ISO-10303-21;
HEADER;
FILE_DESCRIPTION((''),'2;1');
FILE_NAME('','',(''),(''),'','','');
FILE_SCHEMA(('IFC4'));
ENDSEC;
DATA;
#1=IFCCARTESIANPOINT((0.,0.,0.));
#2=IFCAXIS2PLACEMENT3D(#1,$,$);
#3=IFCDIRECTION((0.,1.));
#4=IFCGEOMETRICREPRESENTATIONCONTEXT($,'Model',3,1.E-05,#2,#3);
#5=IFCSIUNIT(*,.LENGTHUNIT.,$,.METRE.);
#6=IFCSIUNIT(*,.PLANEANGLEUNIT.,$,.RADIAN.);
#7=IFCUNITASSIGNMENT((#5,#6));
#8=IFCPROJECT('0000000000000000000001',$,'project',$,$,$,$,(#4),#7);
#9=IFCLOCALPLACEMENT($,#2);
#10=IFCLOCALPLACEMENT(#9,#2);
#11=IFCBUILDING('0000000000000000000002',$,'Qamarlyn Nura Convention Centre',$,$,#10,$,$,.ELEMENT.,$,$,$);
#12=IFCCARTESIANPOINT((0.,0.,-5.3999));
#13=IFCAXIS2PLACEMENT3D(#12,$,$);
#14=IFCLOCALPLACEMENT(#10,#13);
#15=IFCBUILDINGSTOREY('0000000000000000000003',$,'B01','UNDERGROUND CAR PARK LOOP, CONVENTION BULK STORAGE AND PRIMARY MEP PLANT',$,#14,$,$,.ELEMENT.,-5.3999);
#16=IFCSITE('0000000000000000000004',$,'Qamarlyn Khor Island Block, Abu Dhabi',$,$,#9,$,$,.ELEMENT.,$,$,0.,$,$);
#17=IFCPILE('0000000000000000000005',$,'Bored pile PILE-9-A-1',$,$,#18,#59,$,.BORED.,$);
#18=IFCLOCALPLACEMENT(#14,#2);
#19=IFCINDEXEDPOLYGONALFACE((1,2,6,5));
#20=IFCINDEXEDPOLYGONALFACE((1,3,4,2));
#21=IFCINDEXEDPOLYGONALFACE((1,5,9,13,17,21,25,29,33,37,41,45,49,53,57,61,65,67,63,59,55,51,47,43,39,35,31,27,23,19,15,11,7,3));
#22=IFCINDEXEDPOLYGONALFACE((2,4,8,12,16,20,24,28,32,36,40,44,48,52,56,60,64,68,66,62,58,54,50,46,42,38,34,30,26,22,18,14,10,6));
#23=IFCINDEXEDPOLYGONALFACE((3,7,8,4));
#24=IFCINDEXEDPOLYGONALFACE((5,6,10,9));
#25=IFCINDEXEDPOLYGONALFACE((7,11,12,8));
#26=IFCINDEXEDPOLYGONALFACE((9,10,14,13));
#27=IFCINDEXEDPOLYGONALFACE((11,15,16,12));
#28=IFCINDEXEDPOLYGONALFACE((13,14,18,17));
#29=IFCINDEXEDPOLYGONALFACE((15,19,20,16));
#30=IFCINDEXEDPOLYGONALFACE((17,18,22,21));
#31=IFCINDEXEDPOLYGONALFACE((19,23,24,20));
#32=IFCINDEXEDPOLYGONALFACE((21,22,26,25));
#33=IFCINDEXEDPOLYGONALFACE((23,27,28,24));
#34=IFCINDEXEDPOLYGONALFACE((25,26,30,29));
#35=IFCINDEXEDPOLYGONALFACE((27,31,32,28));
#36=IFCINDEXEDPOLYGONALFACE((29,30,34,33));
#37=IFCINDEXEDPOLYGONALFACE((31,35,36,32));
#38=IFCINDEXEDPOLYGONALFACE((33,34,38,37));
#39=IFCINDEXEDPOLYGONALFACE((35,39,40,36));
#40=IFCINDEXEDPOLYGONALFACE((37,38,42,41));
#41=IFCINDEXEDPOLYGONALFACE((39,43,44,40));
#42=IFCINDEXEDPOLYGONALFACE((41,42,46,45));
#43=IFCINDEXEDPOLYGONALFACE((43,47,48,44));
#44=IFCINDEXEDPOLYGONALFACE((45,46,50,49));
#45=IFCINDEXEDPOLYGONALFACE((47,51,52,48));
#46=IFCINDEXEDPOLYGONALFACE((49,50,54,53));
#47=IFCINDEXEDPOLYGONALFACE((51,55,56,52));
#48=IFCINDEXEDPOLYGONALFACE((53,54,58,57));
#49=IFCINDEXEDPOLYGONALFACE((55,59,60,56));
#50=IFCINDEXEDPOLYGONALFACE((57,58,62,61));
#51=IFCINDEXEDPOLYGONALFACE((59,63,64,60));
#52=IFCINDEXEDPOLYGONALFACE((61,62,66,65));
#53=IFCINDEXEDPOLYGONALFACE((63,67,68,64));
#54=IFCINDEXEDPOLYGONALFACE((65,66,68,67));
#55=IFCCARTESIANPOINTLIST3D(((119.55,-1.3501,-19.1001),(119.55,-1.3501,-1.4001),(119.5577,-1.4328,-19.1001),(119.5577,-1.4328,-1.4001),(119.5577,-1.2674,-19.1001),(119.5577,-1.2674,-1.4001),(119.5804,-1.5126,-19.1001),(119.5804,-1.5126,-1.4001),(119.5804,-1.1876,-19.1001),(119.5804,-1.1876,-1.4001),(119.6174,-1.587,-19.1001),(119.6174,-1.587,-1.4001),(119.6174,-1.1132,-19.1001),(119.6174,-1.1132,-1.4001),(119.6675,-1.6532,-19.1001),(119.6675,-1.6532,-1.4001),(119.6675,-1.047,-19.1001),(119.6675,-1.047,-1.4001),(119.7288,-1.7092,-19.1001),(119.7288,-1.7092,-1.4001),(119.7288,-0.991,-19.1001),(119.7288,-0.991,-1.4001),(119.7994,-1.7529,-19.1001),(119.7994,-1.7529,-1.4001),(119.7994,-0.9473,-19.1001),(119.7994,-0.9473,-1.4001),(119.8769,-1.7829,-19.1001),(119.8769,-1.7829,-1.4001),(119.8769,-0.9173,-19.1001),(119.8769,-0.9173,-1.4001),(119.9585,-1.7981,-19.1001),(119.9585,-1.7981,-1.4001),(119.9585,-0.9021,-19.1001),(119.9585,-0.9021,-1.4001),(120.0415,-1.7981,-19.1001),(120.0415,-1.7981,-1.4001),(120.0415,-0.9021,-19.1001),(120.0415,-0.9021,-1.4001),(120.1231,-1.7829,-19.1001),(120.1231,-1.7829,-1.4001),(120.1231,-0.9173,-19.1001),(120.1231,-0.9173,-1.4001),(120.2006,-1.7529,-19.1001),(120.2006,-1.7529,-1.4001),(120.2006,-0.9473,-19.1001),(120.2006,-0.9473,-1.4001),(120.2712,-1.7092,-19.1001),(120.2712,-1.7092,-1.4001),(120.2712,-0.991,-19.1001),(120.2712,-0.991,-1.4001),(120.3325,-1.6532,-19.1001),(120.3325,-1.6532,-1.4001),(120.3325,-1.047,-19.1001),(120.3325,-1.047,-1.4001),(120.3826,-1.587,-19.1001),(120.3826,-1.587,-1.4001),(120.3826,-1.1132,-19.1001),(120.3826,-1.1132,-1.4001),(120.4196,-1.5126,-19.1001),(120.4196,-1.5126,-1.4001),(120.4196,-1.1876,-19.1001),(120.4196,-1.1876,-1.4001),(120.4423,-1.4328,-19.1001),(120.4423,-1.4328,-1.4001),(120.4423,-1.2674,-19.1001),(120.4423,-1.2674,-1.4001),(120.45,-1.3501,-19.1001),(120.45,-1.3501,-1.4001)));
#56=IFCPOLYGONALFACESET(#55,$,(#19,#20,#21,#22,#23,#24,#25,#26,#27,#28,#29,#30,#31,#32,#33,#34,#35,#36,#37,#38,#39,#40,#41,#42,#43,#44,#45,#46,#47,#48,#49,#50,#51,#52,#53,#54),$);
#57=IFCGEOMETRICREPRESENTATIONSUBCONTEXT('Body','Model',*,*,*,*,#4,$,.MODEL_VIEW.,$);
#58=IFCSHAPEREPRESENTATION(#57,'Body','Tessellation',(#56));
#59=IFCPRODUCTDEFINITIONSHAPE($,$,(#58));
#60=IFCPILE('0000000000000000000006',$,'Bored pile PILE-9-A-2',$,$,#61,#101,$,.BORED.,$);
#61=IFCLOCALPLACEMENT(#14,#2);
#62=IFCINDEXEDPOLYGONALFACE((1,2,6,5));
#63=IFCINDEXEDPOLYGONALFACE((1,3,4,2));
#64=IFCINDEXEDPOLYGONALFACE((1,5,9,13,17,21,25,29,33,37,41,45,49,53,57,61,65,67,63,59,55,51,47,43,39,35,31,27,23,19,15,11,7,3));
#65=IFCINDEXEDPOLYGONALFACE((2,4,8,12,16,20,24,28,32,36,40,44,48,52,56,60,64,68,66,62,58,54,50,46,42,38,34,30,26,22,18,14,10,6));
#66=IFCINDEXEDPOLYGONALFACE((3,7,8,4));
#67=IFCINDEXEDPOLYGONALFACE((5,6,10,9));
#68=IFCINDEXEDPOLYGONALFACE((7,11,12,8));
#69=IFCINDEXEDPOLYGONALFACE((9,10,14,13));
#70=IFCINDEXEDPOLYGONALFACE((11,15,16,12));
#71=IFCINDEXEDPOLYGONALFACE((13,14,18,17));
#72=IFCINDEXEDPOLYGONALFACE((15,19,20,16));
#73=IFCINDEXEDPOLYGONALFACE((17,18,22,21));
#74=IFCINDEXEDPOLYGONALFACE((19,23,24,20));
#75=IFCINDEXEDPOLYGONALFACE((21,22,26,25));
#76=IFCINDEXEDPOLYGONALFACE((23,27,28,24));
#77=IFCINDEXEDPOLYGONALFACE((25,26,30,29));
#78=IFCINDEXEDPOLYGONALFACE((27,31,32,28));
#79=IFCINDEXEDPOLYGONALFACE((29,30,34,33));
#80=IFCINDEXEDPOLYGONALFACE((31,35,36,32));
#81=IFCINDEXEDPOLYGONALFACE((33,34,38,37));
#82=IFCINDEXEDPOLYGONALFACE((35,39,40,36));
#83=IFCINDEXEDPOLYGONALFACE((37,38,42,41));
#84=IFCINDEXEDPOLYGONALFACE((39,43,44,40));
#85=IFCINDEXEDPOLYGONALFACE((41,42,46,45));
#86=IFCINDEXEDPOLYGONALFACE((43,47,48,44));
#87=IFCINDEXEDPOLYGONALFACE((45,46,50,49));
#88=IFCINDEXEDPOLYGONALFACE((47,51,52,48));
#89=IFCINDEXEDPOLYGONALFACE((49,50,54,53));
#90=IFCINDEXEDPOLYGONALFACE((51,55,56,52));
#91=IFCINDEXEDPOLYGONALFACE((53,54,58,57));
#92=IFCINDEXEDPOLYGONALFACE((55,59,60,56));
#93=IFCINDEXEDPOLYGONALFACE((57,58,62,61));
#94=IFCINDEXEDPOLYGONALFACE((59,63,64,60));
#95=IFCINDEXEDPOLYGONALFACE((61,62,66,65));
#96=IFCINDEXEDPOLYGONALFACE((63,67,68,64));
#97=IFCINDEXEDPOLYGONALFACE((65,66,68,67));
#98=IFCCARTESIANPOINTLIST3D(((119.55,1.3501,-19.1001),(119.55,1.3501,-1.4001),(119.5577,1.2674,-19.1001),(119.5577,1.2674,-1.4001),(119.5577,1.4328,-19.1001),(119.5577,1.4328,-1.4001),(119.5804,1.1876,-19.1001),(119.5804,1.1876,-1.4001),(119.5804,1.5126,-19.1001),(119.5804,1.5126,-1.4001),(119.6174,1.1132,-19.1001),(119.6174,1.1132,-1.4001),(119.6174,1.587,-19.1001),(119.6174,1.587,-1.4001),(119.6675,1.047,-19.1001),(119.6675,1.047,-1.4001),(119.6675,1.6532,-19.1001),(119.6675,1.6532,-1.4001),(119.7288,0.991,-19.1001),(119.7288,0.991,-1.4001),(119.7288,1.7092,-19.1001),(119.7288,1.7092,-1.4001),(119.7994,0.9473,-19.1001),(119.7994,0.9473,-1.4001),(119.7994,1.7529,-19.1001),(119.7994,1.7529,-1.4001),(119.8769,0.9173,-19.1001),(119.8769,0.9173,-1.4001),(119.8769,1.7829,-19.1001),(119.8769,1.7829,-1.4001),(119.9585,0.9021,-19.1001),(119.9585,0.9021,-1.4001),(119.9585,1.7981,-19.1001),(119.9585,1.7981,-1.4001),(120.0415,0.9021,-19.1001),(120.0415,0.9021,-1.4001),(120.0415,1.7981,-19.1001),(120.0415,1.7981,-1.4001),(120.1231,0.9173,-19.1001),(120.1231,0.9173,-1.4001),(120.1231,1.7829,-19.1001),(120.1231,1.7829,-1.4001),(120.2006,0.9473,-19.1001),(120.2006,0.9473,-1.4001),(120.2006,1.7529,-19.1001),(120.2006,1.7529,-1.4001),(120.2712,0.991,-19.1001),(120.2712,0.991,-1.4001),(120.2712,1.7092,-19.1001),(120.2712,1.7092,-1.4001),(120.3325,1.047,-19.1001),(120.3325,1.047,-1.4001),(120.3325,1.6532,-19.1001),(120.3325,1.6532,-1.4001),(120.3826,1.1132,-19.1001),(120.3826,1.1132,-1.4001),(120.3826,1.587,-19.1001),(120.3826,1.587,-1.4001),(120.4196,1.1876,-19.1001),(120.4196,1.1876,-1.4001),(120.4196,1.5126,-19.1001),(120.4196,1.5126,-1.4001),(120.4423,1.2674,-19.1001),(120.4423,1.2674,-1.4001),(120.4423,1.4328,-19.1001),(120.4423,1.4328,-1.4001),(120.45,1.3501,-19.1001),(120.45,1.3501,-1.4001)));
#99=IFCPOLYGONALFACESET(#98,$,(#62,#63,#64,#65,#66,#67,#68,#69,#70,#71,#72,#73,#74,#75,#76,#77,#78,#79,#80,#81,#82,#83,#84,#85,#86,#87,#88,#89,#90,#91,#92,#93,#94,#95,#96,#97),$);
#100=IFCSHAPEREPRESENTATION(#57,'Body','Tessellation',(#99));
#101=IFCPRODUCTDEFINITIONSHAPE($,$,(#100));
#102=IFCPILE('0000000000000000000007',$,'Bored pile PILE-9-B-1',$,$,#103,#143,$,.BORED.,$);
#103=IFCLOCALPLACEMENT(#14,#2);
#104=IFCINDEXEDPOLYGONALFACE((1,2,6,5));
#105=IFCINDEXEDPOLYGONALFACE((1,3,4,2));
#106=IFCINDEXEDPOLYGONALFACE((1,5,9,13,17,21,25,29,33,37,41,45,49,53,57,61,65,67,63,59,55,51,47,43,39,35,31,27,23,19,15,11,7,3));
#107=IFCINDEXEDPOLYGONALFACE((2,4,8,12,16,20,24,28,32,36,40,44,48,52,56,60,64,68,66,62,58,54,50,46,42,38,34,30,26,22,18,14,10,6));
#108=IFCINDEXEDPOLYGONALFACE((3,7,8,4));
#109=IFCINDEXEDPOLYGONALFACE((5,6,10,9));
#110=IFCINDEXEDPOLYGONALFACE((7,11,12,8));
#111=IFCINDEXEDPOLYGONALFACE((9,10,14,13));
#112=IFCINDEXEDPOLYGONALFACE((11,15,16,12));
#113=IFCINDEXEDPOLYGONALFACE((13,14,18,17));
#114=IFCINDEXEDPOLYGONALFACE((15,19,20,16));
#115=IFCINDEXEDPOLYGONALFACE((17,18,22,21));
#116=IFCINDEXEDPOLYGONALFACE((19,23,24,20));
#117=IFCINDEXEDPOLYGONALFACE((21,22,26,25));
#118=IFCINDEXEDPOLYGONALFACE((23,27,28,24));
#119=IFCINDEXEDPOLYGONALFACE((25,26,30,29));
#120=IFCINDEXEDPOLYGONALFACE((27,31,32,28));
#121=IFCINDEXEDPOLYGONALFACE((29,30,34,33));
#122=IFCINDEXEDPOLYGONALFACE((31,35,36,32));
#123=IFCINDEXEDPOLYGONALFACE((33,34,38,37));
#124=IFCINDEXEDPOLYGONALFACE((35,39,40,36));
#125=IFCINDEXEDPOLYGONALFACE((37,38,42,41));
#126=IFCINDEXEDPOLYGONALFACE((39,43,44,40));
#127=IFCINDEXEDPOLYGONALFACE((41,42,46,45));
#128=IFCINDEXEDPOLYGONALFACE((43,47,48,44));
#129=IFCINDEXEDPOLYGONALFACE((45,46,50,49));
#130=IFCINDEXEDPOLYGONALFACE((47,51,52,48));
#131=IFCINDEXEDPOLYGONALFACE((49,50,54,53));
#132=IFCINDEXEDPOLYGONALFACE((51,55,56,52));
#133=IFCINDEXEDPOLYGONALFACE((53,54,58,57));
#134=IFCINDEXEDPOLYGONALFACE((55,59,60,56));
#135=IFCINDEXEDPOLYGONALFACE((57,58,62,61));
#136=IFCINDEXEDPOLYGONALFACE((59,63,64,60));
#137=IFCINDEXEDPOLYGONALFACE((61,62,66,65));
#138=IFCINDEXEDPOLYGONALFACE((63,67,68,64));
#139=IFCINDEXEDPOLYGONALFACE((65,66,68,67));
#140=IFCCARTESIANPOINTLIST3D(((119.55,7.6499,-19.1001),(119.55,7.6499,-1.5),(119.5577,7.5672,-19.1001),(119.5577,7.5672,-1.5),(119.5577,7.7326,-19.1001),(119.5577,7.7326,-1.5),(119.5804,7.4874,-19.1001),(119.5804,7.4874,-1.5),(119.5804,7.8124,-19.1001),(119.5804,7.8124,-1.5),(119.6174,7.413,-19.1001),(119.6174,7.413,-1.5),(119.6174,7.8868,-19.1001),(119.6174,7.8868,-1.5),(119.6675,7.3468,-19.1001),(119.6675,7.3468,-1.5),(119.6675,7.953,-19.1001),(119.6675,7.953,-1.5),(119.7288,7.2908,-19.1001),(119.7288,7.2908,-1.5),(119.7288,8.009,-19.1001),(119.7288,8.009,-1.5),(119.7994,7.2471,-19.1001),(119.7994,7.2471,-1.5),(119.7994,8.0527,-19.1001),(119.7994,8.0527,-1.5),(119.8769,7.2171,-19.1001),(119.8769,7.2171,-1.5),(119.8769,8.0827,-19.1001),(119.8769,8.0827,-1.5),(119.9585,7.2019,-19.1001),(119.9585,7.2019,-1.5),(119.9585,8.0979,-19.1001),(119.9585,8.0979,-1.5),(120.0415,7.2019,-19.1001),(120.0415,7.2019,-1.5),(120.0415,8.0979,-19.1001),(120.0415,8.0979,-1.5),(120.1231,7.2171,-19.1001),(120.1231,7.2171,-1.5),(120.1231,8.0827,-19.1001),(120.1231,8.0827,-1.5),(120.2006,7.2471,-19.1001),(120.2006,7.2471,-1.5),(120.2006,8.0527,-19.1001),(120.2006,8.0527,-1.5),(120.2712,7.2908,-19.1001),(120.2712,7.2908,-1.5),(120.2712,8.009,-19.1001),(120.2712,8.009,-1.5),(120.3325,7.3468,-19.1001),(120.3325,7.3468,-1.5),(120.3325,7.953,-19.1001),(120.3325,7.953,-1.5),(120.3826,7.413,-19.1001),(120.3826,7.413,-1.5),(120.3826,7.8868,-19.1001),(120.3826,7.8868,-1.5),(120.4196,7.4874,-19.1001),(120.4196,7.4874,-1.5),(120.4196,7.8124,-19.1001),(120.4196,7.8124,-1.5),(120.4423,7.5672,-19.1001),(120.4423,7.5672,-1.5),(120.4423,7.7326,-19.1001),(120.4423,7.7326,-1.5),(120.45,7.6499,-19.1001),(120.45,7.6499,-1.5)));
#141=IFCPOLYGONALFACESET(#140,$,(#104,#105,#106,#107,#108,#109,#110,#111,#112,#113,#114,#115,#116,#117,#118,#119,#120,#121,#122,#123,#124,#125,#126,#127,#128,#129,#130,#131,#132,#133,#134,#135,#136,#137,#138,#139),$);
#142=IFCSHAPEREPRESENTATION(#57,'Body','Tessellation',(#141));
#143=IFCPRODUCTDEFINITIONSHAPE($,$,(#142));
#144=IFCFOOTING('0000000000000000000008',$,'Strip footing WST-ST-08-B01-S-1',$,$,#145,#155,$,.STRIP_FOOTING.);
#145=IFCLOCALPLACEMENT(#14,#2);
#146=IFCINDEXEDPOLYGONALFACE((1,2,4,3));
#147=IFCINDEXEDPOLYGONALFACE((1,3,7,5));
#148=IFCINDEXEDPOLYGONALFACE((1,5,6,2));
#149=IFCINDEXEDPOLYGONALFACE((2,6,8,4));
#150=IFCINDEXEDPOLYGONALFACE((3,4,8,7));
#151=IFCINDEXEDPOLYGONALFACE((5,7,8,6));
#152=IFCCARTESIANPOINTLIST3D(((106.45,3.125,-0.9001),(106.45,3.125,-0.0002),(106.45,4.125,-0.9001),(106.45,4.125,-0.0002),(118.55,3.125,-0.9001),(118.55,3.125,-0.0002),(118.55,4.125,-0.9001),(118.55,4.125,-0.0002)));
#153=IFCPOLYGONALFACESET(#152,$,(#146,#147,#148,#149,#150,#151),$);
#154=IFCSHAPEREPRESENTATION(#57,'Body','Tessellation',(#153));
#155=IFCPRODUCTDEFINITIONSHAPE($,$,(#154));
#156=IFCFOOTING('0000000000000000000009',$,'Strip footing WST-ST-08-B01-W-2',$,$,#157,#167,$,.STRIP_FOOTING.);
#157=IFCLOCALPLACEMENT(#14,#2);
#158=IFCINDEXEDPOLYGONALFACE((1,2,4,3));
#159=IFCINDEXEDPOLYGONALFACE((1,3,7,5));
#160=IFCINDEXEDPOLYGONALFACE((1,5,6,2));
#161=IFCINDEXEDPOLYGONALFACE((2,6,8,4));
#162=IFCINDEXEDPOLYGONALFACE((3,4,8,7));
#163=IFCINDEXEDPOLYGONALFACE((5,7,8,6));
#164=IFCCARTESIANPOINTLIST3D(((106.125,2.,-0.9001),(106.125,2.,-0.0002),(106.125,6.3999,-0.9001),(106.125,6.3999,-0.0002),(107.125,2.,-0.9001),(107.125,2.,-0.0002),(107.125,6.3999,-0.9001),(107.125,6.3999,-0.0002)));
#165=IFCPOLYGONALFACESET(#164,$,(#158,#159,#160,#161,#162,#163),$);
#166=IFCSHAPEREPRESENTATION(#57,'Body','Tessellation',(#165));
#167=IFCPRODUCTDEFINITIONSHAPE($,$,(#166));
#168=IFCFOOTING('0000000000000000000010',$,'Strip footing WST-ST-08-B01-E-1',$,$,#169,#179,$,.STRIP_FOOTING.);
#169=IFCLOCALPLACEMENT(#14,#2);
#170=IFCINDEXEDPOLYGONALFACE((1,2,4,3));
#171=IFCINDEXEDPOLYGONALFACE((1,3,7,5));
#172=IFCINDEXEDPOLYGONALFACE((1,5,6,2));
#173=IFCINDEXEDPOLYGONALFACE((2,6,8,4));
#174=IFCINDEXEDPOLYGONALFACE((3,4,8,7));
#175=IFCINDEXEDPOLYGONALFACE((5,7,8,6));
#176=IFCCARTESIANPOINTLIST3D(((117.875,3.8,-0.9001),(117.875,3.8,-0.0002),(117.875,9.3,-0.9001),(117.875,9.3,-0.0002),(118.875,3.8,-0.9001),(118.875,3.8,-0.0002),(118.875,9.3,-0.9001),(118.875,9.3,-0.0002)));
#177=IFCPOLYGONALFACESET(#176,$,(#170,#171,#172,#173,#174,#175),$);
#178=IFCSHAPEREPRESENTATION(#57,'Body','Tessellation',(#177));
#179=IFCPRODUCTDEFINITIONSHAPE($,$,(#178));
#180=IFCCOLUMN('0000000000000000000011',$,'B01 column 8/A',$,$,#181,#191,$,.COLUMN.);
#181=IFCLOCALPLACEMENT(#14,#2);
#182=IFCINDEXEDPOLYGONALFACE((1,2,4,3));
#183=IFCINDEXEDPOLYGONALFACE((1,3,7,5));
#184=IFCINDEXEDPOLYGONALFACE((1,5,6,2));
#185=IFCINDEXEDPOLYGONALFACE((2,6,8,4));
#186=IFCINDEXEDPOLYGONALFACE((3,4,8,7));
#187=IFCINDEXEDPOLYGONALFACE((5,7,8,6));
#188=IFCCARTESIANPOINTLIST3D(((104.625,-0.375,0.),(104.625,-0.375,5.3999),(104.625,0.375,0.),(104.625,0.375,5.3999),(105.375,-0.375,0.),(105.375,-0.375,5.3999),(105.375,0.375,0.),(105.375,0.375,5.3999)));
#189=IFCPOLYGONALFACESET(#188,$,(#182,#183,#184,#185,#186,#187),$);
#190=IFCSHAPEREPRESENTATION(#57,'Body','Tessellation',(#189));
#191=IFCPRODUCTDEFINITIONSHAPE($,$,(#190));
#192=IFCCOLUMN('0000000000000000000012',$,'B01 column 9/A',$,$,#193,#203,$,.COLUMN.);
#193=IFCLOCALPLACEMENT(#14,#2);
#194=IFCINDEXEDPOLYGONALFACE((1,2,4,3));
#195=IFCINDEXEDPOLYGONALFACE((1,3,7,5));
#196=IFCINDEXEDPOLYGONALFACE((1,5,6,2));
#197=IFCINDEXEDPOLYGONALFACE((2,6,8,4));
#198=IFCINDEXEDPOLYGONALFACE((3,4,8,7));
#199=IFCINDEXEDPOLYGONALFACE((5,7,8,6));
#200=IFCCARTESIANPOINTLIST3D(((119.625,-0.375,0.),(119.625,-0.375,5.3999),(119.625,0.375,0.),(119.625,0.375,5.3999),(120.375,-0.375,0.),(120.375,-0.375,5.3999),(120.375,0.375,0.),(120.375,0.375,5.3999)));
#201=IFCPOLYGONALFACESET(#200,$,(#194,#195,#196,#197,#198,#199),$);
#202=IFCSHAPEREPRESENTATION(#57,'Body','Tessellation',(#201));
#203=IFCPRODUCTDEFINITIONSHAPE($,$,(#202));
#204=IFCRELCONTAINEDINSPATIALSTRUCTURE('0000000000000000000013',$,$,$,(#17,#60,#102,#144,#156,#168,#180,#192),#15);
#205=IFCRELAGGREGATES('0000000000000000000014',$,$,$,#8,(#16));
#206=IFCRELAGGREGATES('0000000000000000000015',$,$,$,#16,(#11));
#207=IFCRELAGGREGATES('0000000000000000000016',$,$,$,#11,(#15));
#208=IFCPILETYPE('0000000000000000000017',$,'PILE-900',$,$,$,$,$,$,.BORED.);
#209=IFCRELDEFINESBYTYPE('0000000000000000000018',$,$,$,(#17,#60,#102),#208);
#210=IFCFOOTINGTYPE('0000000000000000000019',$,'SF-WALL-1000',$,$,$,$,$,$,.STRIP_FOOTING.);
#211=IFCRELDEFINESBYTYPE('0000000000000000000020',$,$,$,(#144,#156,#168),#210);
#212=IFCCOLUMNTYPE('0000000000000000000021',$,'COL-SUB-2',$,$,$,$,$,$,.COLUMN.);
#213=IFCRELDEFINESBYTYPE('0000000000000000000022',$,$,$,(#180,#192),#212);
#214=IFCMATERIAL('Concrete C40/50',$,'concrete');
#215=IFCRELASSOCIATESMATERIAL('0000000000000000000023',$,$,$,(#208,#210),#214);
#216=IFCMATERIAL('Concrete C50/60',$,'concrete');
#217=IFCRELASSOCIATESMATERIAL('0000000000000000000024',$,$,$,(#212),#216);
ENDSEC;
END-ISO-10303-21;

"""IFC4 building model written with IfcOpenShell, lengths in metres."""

from ifc_helpers import new_model, si_unit, direction, frame, origin, origin_2d, place, context, subcontext, project, spatial, rectangle, circle, extrude, material, material_profile, profile_set, type_object, element, save


model = new_model("IFC4")

# Units and contexts
model_context = context("Model", 3, precision=1e-05, world=origin(), true_north=direction((0.0, 1.0)))
body_context = subcontext(model_context, "Body", "Model", "MODEL_VIEW")
ifc_project = project(units=[si_unit("LENGTHUNIT", "METRE"), si_unit("PLANEANGLEUNIT", "RADIAN")], contexts=[model_context])

# Site, building, storey
site_placement = place(None, origin())
site = spatial("IfcSite", under=ifc_project, at=site_placement, Name="Qamarlyn Khor Island Block, Abu Dhabi", CompositionType="ELEMENT", RefElevation=0.0)
building_placement = place(site_placement, origin())
building = spatial("IfcBuilding", under=site, at=building_placement, Name="Qamarlyn Nura Convention Centre", CompositionType="ELEMENT")
storey_placement = place(building_placement, frame((0.0, 0.0, -5.3999)))
storey = spatial("IfcBuildingStorey", under=building, at=storey_placement, Name="B01", Description="UNDERGROUND CAR PARK LOOP, CONVENTION BULK STORAGE AND PRIMARY MEP PLANT", CompositionType="ELEMENT", Elevation=-5.3999)

# Shared definitions
ifc_material_1 = material(Name="Concrete C40/50", Category="concrete")

# Piles
ifc_material_profile_1 = material_profile(ifc_material_1, circle(Radius=0.45, at=origin_2d()), Name="BORED PILE 900")
ifc_profile_set_1 = profile_set([ifc_material_profile_1], Name="Concrete C40/50")
pile_type = type_object("IfcPileType", Name="PILE-900", PredefinedType="BORED", material=ifc_profile_set_1)
for number, where, z_axis, x_axis, name in (
    (1, (120.0, -1.3501, -1.4001), (0.0, 0.0, -1.0), (1.0, 0.0, 0.0), "Bored pile PILE-9-A-1"),
    (2, (120.0, 1.3501, -1.4001), (0.0, 0.0, -1.0), (1.0, 0.0, 0.0), "Bored pile PILE-9-A-2"),
):
    element("IfcPile", number, at=place(storey_placement, frame(where, z_axis=z_axis, x_axis=x_axis)), inside=storey, type_object=pile_type, Name=name, PredefinedType="BORED", context=body_context, shape_type="SweptSolid", body=[
        extrude(circle(Radius=0.45, at=origin_2d()), origin(), (0.0, 0.0, 1.0), 17.7),
    ])
pile_placement = place(storey_placement, frame((120.0, 7.6499, -1.5), z_axis=(0.0, 0.0, -1.0), x_axis=(1.0, 0.0, 0.0)))
element("IfcPile", 3, at=pile_placement, inside=storey, type_object=pile_type, Name="Bored pile PILE-9-B-1", PredefinedType="BORED", context=body_context, shape_type="SweptSolid", body=[
    extrude(circle(Radius=0.45, at=origin_2d()), origin(), (0.0, 0.0, 1.0), 17.6001),
])

# Footings
ifc_material_profile_2 = material_profile(ifc_material_1, rectangle(XDim=1.0, YDim=0.8999, at=origin_2d()), Name="RC STRIP 1000x900")
ifc_profile_set_2 = profile_set([ifc_material_profile_2], Name="Concrete C40/50")
footing_type_1 = type_object("IfcFootingType", Name="SF-WALL-1000", PredefinedType="STRIP_FOOTING", material=ifc_profile_set_2)
footing_1_placement = place(storey_placement, frame((106.45, 3.625, -0.4502), z_axis=(1.0, 0.0, 0.0), x_axis=(0.0, 1.0, 0.0)))
element("IfcFooting", 4, at=footing_1_placement, inside=storey, type_object=footing_type_1, Name="Strip footing WST-ST-08-B01-S-1", PredefinedType="STRIP_FOOTING", context=body_context, shape_type="SweptSolid", body=[
    extrude(rectangle(XDim=1.0, YDim=0.8999, at=origin_2d()), origin(), (0.0, 0.0, 1.0), 12.1001),
])
footing_2_placement = place(storey_placement, frame((106.625, 6.3999, -0.4502), z_axis=(0.0, -1.0, 0.0), x_axis=(1.0, 0.0, 0.0)))
element("IfcFooting", 5, at=footing_2_placement, inside=storey, type_object=footing_type_1, Name="Strip footing WST-ST-08-B01-W-2", PredefinedType="STRIP_FOOTING", context=body_context, shape_type="SweptSolid", body=[
    extrude(rectangle(XDim=1.0, YDim=0.8999, at=origin_2d()), origin(), (0.0, 0.0, 1.0), 4.3999),
])
footing_3_placement = place(storey_placement, frame((118.375, 3.8, -0.4502), z_axis=(0.0, 1.0, 0.0), x_axis=(-1.0, 0.0, 0.0)))
element("IfcFooting", 6, at=footing_3_placement, inside=storey, type_object=footing_type_1, Name="Strip footing WST-ST-08-B01-E-1", PredefinedType="STRIP_FOOTING", context=body_context, shape_type="SweptSolid", body=[
    extrude(rectangle(XDim=1.0, YDim=0.8999, at=origin_2d()), origin(), (0.0, 0.0, 1.0), 5.5),
])

# Columns
ifc_material_2 = material(Name="Concrete C50/60", Category="concrete")
ifc_material_profile_3 = material_profile(ifc_material_2, rectangle(XDim=0.75, YDim=0.75, at=origin_2d()), Name="RC 750x750")
ifc_profile_set_3 = profile_set([ifc_material_profile_3], Name="Concrete C50/60")
column_type = type_object("IfcColumnType", Name="COL-SUB-2", PredefinedType="COLUMN", material=ifc_profile_set_3)
for number, where, z_axis, x_axis, name in (
    (7, (105.0, 0.0, 0.0), (0.0, 0.0, 1.0), (1.0, 0.0, 0.0), "B01 column 8/A"),
    (8, (120.0, 0.0, 0.0), (0.0, 0.0, 1.0), (1.0, 0.0, 0.0), "B01 column 9/A"),
):
    element("IfcColumn", number, at=place(storey_placement, frame(where, z_axis=z_axis, x_axis=x_axis)), inside=storey, type_object=column_type, Name=name, PredefinedType="COLUMN", context=body_context, shape_type="SweptSolid", body=[
        extrude(rectangle(XDim=0.75, YDim=0.75, at=origin_2d()), origin(), (0.0, 0.0, 1.0), 5.3999),
    ])

save(model, "model.ifc")
